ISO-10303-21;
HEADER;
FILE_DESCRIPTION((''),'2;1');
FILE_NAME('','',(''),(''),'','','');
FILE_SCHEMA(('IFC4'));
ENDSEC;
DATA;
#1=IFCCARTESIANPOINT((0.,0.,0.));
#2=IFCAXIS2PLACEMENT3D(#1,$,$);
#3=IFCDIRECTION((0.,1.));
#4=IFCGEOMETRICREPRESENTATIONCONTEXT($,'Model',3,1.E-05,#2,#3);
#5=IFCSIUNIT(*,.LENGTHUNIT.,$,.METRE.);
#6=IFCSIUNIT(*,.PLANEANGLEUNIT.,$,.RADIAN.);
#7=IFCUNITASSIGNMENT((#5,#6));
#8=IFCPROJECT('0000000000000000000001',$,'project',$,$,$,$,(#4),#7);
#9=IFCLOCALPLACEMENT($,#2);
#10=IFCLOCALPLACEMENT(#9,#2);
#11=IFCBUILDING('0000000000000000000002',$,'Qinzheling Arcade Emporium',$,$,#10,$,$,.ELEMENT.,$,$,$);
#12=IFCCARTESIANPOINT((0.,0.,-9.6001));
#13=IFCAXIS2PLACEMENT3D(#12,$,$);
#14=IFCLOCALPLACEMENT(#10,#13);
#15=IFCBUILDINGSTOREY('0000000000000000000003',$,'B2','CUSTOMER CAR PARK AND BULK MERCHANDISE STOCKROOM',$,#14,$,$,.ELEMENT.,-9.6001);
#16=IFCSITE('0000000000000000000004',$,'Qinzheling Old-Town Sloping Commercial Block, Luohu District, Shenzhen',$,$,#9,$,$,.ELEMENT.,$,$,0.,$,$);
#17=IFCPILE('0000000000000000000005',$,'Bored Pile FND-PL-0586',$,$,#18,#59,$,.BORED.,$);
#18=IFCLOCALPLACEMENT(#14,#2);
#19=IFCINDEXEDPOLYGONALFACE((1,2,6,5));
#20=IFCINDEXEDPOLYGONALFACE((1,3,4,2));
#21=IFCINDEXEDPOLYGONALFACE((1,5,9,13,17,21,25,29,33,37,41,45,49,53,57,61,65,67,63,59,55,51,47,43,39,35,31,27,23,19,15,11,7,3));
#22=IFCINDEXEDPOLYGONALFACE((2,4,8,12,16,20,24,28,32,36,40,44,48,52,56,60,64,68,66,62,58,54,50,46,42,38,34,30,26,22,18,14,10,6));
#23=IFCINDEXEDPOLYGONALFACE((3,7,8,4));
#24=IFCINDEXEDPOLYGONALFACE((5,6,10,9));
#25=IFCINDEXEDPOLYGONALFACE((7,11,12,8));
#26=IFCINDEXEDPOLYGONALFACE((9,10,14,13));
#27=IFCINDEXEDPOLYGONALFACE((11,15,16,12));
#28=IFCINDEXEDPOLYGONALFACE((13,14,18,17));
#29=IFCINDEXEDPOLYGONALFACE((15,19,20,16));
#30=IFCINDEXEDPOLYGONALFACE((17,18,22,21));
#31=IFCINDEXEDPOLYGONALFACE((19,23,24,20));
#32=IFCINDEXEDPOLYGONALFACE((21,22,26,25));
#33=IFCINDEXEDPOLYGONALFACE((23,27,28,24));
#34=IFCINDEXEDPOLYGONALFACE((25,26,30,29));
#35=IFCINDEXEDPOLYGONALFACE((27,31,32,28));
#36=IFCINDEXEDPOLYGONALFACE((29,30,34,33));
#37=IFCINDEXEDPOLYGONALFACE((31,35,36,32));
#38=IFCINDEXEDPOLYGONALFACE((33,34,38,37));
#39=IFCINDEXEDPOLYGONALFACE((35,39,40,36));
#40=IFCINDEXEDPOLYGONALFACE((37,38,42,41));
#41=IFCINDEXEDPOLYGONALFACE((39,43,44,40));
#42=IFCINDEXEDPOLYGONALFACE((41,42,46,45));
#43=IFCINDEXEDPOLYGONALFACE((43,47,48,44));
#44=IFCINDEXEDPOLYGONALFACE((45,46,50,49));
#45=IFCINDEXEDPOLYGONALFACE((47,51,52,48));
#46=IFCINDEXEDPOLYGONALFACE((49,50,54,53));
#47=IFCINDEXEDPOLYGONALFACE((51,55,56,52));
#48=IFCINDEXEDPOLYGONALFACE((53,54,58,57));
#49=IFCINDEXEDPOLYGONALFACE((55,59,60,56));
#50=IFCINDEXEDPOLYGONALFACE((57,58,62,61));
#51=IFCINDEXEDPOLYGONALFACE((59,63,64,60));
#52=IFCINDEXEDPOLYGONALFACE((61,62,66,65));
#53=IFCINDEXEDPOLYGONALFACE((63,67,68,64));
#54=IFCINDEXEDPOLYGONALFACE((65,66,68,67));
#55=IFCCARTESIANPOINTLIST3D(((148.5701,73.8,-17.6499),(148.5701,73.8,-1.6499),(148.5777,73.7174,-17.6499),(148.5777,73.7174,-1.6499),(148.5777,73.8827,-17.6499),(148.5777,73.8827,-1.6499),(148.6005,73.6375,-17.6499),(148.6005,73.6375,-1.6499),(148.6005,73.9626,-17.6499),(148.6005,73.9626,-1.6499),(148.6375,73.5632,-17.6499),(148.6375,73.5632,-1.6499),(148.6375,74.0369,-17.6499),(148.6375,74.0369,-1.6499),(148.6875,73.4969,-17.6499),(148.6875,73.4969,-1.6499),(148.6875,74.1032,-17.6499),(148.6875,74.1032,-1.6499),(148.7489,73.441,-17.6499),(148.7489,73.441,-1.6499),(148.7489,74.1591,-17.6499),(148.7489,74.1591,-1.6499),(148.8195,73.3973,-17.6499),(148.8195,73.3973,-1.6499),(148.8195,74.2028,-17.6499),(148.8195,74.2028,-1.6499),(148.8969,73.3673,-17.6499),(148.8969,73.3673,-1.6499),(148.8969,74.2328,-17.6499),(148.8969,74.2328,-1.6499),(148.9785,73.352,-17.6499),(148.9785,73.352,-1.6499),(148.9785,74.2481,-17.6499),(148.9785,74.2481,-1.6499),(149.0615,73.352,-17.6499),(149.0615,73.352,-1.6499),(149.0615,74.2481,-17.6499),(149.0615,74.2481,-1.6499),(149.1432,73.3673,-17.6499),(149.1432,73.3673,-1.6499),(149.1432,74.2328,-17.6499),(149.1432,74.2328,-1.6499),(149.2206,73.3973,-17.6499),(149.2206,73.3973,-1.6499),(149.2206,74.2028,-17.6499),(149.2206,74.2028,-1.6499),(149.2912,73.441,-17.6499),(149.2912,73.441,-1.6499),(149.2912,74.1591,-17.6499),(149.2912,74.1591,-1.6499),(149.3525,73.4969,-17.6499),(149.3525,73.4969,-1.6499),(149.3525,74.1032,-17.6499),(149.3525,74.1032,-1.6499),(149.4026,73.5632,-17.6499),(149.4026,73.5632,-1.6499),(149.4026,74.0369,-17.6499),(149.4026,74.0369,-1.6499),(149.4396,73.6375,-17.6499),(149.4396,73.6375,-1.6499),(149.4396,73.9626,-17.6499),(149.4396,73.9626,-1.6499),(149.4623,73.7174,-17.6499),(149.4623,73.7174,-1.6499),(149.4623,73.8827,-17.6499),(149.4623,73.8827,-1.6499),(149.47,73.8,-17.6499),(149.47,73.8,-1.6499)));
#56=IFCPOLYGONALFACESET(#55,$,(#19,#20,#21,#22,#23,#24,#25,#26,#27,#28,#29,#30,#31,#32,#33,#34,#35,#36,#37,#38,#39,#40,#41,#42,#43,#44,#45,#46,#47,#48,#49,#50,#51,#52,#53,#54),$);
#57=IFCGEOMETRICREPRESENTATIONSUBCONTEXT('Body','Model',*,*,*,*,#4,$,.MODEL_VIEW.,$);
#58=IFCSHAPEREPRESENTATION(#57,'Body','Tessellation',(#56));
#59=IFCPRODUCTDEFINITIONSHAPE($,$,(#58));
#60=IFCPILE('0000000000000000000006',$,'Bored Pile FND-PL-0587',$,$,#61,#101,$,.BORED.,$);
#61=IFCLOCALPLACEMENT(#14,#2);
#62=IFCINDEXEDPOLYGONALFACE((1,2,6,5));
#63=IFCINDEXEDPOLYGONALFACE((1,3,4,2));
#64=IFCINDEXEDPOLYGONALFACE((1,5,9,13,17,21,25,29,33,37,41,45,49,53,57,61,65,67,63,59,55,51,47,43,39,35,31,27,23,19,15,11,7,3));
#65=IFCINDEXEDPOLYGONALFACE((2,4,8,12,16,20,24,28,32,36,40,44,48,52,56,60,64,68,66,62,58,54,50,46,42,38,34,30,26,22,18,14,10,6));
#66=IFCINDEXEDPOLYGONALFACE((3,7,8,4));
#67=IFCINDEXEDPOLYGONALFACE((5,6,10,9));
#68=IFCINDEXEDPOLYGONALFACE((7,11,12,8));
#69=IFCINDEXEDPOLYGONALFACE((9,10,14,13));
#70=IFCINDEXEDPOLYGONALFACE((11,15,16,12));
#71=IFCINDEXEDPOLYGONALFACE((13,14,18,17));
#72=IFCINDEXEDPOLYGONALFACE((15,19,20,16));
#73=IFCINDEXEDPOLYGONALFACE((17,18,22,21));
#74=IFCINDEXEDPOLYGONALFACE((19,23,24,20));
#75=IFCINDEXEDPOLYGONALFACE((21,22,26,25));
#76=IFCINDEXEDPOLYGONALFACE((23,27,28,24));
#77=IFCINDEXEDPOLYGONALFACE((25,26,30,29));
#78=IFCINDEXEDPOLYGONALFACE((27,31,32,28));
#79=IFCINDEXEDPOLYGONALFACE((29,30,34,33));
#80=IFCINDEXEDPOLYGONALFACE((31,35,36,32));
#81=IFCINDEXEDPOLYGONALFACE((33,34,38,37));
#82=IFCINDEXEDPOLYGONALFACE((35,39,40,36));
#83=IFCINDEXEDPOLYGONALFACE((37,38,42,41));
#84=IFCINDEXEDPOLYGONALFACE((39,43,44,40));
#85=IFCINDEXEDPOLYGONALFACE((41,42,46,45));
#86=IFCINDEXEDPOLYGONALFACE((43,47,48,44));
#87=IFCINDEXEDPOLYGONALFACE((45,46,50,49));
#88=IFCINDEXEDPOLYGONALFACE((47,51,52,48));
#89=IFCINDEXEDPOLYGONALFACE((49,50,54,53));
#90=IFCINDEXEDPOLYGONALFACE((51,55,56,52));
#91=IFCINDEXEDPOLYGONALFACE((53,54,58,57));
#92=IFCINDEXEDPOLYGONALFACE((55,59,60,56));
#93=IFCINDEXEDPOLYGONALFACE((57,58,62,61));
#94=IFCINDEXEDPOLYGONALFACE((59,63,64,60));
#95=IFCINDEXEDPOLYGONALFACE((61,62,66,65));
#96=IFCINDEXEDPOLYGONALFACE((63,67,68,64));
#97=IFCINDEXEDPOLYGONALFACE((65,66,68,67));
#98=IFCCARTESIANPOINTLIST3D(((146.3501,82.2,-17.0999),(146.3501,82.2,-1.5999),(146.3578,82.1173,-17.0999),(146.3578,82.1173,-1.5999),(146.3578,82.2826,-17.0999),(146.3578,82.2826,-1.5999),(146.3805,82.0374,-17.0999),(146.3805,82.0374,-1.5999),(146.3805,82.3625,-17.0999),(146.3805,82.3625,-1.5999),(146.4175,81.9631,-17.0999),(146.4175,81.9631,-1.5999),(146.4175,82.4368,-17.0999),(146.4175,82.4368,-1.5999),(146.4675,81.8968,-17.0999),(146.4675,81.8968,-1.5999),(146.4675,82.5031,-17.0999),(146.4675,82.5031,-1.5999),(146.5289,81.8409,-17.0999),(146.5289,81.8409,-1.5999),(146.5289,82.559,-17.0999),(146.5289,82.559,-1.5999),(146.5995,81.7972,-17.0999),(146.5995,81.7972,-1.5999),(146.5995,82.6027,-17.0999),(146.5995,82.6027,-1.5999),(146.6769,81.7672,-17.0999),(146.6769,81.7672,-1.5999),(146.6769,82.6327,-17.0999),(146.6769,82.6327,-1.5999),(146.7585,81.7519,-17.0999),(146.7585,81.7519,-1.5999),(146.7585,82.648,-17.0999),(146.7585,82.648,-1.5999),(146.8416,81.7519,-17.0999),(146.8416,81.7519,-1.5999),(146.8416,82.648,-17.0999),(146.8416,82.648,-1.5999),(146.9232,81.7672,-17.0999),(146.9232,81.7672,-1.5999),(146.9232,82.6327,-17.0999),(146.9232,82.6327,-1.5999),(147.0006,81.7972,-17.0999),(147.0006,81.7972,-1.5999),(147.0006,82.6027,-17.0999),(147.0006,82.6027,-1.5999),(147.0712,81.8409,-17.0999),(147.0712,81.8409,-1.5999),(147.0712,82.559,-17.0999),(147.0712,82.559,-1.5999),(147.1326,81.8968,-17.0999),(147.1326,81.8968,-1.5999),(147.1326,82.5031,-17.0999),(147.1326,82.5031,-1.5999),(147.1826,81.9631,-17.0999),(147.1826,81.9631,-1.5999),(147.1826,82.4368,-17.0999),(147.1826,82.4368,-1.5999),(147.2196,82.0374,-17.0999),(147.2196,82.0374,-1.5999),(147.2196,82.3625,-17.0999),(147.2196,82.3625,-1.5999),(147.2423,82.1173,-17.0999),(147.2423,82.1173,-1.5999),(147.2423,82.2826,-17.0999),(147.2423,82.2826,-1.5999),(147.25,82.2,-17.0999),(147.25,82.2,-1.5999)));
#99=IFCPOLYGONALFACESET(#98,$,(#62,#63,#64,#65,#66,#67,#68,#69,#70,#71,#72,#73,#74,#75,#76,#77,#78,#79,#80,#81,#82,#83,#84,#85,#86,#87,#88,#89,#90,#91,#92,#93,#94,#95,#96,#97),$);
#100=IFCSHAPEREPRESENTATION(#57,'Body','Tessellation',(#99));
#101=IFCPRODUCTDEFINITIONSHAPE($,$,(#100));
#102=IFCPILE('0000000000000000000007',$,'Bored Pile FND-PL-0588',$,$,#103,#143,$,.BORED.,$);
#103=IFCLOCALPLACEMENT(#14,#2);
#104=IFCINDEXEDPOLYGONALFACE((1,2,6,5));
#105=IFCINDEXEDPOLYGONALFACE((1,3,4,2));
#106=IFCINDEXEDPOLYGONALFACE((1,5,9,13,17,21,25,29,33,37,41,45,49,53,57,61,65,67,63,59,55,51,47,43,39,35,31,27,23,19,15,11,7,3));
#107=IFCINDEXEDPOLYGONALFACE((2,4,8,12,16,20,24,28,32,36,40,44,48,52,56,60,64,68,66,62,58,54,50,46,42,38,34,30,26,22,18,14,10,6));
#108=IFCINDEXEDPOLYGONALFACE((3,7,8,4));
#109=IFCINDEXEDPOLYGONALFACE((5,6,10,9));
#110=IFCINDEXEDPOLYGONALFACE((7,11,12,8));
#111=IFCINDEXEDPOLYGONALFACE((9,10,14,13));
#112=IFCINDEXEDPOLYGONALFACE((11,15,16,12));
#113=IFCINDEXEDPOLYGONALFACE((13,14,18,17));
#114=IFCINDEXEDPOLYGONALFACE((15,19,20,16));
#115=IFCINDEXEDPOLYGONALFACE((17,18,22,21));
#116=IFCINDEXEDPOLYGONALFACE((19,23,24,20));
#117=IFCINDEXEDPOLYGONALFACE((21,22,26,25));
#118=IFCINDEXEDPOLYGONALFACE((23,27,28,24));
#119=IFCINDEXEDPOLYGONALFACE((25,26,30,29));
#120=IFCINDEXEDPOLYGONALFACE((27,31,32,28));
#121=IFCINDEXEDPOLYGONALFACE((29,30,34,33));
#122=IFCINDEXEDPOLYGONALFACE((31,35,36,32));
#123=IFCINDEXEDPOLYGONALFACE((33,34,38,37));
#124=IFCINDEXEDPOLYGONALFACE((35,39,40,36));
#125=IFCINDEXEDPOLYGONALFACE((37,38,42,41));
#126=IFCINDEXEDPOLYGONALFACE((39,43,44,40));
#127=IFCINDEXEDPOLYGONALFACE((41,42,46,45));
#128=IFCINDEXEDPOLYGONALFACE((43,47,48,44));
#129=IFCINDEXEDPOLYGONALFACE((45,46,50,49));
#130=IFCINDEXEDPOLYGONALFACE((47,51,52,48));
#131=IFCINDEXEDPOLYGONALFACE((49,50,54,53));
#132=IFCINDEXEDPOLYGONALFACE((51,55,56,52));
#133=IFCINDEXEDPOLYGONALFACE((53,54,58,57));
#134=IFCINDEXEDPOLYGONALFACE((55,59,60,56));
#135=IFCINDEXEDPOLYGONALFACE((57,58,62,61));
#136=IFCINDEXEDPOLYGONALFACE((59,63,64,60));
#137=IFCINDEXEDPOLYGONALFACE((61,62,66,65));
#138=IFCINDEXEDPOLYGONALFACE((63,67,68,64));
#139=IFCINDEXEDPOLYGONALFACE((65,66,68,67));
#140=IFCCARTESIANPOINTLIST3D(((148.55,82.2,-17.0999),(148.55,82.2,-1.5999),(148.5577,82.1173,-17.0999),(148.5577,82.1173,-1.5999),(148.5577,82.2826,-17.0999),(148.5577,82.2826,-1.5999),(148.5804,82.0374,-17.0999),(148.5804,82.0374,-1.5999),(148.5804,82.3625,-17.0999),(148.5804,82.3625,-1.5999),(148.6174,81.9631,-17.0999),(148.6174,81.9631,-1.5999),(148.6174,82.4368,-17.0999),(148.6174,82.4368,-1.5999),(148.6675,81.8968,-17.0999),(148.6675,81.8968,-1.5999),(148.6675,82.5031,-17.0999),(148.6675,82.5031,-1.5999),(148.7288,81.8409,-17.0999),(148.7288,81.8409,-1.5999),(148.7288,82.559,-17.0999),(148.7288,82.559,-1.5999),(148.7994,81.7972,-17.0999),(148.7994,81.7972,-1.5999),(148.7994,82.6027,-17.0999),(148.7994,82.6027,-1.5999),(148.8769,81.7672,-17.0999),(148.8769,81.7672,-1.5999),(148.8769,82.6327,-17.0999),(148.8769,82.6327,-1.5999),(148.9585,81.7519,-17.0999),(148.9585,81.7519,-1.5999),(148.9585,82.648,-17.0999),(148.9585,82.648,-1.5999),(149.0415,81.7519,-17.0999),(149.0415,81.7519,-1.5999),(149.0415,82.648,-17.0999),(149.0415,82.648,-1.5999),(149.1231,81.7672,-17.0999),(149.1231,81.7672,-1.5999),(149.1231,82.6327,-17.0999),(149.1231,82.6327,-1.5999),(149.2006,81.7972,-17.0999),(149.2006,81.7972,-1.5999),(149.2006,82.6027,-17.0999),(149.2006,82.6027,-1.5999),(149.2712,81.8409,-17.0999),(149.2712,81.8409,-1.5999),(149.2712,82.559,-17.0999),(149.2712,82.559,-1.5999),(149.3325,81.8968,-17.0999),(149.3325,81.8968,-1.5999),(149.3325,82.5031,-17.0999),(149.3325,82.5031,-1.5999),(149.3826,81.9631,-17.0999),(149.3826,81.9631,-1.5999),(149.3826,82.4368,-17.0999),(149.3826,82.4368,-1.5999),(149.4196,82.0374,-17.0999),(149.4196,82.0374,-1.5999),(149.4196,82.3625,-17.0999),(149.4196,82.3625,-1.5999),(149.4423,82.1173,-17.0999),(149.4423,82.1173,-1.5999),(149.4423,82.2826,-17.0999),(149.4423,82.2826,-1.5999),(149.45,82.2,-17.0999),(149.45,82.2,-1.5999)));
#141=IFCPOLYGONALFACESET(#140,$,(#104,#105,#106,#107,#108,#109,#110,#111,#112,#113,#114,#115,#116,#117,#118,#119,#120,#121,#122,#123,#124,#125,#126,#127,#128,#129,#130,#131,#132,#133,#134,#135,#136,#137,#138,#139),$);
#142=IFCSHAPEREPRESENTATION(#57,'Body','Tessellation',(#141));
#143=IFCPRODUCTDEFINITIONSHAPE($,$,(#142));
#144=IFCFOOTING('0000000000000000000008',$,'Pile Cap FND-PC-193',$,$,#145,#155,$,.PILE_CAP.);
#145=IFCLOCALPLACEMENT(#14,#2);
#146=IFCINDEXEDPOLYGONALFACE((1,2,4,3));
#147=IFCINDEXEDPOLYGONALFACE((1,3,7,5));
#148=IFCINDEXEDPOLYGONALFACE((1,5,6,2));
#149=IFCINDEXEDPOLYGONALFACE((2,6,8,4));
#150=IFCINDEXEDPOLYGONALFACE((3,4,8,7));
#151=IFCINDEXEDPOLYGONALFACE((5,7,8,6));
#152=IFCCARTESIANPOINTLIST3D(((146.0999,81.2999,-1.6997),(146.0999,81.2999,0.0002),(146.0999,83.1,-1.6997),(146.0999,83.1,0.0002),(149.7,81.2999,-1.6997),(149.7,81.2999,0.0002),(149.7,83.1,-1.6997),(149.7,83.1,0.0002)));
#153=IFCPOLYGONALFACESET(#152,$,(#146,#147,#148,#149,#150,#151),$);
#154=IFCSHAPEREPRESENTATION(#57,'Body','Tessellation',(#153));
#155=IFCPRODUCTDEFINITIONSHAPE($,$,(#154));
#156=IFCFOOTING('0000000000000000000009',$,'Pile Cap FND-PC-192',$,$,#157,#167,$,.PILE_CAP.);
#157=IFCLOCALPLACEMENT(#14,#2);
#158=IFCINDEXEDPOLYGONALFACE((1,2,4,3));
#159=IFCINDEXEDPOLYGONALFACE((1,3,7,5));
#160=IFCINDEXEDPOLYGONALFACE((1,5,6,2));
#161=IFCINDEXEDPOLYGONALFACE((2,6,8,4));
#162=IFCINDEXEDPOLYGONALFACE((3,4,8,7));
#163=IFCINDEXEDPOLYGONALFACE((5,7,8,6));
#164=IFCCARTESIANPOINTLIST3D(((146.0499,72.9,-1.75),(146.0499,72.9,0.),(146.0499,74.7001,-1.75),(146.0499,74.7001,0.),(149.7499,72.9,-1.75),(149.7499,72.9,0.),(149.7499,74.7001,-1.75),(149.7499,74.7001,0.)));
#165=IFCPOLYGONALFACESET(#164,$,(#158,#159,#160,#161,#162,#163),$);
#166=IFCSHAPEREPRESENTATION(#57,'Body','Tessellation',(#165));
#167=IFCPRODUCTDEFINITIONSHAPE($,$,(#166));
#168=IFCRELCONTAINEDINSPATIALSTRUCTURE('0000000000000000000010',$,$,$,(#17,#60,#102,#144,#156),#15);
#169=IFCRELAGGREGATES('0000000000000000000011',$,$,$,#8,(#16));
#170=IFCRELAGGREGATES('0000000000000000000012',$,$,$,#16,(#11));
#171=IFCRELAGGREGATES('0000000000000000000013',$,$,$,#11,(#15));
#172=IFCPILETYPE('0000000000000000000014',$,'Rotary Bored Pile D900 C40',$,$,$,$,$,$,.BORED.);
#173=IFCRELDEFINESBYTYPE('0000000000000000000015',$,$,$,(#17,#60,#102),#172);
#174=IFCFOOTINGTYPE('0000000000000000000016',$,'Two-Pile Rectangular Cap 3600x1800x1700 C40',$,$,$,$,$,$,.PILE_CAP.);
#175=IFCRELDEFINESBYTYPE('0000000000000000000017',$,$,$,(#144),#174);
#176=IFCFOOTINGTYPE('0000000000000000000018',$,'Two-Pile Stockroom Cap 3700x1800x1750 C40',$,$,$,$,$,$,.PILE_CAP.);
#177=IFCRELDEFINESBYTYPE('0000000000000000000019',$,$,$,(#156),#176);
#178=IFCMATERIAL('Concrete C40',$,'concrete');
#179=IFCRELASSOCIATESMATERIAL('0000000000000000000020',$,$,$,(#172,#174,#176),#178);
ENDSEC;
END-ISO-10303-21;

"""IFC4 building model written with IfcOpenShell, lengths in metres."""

from ifc_helpers import new_model, si_unit, direction, frame, origin, origin_2d, place, context, subcontext, project, spatial, rectangle, circle, extrude, material, material_profile, profile_set, type_object, element, save


model = new_model("IFC4")

# Units and contexts
model_context = context("Model", 3, precision=1e-05, world=origin(), true_north=direction((0.0, 1.0)))
body_context = subcontext(model_context, "Body", "Model", "MODEL_VIEW")
ifc_project = project(units=[si_unit("LENGTHUNIT", "METRE"), si_unit("PLANEANGLEUNIT", "RADIAN")], contexts=[model_context])

# Site, building, storey
site_placement = place(None, origin())
site = spatial("IfcSite", under=ifc_project, at=site_placement, Name="Qinzheling Old-Town Sloping Commercial Block, Luohu District, Shenzhen", CompositionType="ELEMENT", RefElevation=0.0)
building_placement = place(site_placement, origin())
building = spatial("IfcBuilding", under=site, at=building_placement, Name="Qinzheling Arcade Emporium", CompositionType="ELEMENT")
storey_placement = place(building_placement, frame((0.0, 0.0, -9.6001)))
storey = spatial("IfcBuildingStorey", under=building, at=storey_placement, Name="B2", Description="CUSTOMER CAR PARK AND BULK MERCHANDISE STOCKROOM", CompositionType="ELEMENT", Elevation=-9.6001)

# Shared definitions
ifc_material_1 = material(Name="Concrete C40", Category="concrete")

# Piles
ifc_material_profile_1 = material_profile(ifc_material_1, circle(Radius=0.45, at=origin_2d()), Name="BORED D900", Category="concrete")
ifc_profile_set_1 = profile_set([ifc_material_profile_1], Name="Concrete C40")
pile_type_1 = type_object("IfcPileType", Name="Rotary Bored Pile D900 C40", PredefinedType="BORED", material=ifc_profile_set_1)
for number, where, z_axis, x_axis, name in (
    (1, (149.02, 73.8, -1.6499), (0.0, 0.0, -1.0), (1.0, 0.0, 0.0), "Bored Pile FND-PL-0586"),
):
    element("IfcPile", number, at=place(storey_placement, frame(where, z_axis=z_axis, x_axis=x_axis)), inside=storey, type_object=pile_type_1, Name=name, PredefinedType="BORED", context=body_context, shape_type="SweptSolid", body=[
        extrude(circle(Radius=0.45, at=origin_2d()), origin(), (0.0, 0.0, 1.0), 16.0),
    ])
for number, where, z_axis, x_axis, name in (
    (2, (146.8, 82.2, -1.5999), (0.0, 0.0, -1.0), (1.0, 0.0, 0.0), "Bored Pile FND-PL-0587"),
    (3, (149.0, 82.2, -1.5999), (0.0, 0.0, -1.0), (1.0, 0.0, 0.0), "Bored Pile FND-PL-0588"),
):
    element("IfcPile", number, at=place(storey_placement, frame(where, z_axis=z_axis, x_axis=x_axis)), inside=storey, type_object=pile_type_1, Name=name, PredefinedType="BORED", context=body_context, shape_type="SweptSolid", body=[
        extrude(circle(Radius=0.45, at=origin_2d()), origin(), (0.0, 0.0, 1.0), 15.5),
    ])

# Footings
footing_type_1 = type_object("IfcFootingType", Name="Two-Pile Rectangular Cap 3600x1800x1700 C40", PredefinedType="PILE_CAP", material=ifc_material_1)
footing_1_placement = place(storey_placement, frame((147.8999, 82.2, -1.6997), z_axis=(0.0, 0.0, 1.0), x_axis=(1.0, 0.0, 0.0)))
element("IfcFooting", 4, at=footing_1_placement, inside=storey, type_object=footing_type_1, Name="Pile Cap FND-PC-193", PredefinedType="PILE_CAP", context=body_context, shape_type="SweptSolid", body=[
    extrude(rectangle(XDim=3.6001, YDim=1.8, at=origin_2d()), origin(), (0.0, 0.0, 1.0), 1.7),
])
footing_type_2 = type_object("IfcFootingType", Name="Two-Pile Stockroom Cap 3700x1800x1750 C40", PredefinedType="PILE_CAP", material=ifc_material_1)
footing_2_placement = place(storey_placement, frame((147.8999, 73.8, -1.75), z_axis=(0.0, 0.0, 1.0), x_axis=(1.0, 0.0, 0.0)))
element("IfcFooting", 5, at=footing_2_placement, inside=storey, type_object=footing_type_2, Name="Pile Cap FND-PC-192", PredefinedType="PILE_CAP", context=body_context, shape_type="SweptSolid", body=[
    extrude(rectangle(XDim=3.7, YDim=1.8, at=origin_2d()), origin(), (0.0, 0.0, 1.0), 1.75),
])

save(model, "model.ifc")
